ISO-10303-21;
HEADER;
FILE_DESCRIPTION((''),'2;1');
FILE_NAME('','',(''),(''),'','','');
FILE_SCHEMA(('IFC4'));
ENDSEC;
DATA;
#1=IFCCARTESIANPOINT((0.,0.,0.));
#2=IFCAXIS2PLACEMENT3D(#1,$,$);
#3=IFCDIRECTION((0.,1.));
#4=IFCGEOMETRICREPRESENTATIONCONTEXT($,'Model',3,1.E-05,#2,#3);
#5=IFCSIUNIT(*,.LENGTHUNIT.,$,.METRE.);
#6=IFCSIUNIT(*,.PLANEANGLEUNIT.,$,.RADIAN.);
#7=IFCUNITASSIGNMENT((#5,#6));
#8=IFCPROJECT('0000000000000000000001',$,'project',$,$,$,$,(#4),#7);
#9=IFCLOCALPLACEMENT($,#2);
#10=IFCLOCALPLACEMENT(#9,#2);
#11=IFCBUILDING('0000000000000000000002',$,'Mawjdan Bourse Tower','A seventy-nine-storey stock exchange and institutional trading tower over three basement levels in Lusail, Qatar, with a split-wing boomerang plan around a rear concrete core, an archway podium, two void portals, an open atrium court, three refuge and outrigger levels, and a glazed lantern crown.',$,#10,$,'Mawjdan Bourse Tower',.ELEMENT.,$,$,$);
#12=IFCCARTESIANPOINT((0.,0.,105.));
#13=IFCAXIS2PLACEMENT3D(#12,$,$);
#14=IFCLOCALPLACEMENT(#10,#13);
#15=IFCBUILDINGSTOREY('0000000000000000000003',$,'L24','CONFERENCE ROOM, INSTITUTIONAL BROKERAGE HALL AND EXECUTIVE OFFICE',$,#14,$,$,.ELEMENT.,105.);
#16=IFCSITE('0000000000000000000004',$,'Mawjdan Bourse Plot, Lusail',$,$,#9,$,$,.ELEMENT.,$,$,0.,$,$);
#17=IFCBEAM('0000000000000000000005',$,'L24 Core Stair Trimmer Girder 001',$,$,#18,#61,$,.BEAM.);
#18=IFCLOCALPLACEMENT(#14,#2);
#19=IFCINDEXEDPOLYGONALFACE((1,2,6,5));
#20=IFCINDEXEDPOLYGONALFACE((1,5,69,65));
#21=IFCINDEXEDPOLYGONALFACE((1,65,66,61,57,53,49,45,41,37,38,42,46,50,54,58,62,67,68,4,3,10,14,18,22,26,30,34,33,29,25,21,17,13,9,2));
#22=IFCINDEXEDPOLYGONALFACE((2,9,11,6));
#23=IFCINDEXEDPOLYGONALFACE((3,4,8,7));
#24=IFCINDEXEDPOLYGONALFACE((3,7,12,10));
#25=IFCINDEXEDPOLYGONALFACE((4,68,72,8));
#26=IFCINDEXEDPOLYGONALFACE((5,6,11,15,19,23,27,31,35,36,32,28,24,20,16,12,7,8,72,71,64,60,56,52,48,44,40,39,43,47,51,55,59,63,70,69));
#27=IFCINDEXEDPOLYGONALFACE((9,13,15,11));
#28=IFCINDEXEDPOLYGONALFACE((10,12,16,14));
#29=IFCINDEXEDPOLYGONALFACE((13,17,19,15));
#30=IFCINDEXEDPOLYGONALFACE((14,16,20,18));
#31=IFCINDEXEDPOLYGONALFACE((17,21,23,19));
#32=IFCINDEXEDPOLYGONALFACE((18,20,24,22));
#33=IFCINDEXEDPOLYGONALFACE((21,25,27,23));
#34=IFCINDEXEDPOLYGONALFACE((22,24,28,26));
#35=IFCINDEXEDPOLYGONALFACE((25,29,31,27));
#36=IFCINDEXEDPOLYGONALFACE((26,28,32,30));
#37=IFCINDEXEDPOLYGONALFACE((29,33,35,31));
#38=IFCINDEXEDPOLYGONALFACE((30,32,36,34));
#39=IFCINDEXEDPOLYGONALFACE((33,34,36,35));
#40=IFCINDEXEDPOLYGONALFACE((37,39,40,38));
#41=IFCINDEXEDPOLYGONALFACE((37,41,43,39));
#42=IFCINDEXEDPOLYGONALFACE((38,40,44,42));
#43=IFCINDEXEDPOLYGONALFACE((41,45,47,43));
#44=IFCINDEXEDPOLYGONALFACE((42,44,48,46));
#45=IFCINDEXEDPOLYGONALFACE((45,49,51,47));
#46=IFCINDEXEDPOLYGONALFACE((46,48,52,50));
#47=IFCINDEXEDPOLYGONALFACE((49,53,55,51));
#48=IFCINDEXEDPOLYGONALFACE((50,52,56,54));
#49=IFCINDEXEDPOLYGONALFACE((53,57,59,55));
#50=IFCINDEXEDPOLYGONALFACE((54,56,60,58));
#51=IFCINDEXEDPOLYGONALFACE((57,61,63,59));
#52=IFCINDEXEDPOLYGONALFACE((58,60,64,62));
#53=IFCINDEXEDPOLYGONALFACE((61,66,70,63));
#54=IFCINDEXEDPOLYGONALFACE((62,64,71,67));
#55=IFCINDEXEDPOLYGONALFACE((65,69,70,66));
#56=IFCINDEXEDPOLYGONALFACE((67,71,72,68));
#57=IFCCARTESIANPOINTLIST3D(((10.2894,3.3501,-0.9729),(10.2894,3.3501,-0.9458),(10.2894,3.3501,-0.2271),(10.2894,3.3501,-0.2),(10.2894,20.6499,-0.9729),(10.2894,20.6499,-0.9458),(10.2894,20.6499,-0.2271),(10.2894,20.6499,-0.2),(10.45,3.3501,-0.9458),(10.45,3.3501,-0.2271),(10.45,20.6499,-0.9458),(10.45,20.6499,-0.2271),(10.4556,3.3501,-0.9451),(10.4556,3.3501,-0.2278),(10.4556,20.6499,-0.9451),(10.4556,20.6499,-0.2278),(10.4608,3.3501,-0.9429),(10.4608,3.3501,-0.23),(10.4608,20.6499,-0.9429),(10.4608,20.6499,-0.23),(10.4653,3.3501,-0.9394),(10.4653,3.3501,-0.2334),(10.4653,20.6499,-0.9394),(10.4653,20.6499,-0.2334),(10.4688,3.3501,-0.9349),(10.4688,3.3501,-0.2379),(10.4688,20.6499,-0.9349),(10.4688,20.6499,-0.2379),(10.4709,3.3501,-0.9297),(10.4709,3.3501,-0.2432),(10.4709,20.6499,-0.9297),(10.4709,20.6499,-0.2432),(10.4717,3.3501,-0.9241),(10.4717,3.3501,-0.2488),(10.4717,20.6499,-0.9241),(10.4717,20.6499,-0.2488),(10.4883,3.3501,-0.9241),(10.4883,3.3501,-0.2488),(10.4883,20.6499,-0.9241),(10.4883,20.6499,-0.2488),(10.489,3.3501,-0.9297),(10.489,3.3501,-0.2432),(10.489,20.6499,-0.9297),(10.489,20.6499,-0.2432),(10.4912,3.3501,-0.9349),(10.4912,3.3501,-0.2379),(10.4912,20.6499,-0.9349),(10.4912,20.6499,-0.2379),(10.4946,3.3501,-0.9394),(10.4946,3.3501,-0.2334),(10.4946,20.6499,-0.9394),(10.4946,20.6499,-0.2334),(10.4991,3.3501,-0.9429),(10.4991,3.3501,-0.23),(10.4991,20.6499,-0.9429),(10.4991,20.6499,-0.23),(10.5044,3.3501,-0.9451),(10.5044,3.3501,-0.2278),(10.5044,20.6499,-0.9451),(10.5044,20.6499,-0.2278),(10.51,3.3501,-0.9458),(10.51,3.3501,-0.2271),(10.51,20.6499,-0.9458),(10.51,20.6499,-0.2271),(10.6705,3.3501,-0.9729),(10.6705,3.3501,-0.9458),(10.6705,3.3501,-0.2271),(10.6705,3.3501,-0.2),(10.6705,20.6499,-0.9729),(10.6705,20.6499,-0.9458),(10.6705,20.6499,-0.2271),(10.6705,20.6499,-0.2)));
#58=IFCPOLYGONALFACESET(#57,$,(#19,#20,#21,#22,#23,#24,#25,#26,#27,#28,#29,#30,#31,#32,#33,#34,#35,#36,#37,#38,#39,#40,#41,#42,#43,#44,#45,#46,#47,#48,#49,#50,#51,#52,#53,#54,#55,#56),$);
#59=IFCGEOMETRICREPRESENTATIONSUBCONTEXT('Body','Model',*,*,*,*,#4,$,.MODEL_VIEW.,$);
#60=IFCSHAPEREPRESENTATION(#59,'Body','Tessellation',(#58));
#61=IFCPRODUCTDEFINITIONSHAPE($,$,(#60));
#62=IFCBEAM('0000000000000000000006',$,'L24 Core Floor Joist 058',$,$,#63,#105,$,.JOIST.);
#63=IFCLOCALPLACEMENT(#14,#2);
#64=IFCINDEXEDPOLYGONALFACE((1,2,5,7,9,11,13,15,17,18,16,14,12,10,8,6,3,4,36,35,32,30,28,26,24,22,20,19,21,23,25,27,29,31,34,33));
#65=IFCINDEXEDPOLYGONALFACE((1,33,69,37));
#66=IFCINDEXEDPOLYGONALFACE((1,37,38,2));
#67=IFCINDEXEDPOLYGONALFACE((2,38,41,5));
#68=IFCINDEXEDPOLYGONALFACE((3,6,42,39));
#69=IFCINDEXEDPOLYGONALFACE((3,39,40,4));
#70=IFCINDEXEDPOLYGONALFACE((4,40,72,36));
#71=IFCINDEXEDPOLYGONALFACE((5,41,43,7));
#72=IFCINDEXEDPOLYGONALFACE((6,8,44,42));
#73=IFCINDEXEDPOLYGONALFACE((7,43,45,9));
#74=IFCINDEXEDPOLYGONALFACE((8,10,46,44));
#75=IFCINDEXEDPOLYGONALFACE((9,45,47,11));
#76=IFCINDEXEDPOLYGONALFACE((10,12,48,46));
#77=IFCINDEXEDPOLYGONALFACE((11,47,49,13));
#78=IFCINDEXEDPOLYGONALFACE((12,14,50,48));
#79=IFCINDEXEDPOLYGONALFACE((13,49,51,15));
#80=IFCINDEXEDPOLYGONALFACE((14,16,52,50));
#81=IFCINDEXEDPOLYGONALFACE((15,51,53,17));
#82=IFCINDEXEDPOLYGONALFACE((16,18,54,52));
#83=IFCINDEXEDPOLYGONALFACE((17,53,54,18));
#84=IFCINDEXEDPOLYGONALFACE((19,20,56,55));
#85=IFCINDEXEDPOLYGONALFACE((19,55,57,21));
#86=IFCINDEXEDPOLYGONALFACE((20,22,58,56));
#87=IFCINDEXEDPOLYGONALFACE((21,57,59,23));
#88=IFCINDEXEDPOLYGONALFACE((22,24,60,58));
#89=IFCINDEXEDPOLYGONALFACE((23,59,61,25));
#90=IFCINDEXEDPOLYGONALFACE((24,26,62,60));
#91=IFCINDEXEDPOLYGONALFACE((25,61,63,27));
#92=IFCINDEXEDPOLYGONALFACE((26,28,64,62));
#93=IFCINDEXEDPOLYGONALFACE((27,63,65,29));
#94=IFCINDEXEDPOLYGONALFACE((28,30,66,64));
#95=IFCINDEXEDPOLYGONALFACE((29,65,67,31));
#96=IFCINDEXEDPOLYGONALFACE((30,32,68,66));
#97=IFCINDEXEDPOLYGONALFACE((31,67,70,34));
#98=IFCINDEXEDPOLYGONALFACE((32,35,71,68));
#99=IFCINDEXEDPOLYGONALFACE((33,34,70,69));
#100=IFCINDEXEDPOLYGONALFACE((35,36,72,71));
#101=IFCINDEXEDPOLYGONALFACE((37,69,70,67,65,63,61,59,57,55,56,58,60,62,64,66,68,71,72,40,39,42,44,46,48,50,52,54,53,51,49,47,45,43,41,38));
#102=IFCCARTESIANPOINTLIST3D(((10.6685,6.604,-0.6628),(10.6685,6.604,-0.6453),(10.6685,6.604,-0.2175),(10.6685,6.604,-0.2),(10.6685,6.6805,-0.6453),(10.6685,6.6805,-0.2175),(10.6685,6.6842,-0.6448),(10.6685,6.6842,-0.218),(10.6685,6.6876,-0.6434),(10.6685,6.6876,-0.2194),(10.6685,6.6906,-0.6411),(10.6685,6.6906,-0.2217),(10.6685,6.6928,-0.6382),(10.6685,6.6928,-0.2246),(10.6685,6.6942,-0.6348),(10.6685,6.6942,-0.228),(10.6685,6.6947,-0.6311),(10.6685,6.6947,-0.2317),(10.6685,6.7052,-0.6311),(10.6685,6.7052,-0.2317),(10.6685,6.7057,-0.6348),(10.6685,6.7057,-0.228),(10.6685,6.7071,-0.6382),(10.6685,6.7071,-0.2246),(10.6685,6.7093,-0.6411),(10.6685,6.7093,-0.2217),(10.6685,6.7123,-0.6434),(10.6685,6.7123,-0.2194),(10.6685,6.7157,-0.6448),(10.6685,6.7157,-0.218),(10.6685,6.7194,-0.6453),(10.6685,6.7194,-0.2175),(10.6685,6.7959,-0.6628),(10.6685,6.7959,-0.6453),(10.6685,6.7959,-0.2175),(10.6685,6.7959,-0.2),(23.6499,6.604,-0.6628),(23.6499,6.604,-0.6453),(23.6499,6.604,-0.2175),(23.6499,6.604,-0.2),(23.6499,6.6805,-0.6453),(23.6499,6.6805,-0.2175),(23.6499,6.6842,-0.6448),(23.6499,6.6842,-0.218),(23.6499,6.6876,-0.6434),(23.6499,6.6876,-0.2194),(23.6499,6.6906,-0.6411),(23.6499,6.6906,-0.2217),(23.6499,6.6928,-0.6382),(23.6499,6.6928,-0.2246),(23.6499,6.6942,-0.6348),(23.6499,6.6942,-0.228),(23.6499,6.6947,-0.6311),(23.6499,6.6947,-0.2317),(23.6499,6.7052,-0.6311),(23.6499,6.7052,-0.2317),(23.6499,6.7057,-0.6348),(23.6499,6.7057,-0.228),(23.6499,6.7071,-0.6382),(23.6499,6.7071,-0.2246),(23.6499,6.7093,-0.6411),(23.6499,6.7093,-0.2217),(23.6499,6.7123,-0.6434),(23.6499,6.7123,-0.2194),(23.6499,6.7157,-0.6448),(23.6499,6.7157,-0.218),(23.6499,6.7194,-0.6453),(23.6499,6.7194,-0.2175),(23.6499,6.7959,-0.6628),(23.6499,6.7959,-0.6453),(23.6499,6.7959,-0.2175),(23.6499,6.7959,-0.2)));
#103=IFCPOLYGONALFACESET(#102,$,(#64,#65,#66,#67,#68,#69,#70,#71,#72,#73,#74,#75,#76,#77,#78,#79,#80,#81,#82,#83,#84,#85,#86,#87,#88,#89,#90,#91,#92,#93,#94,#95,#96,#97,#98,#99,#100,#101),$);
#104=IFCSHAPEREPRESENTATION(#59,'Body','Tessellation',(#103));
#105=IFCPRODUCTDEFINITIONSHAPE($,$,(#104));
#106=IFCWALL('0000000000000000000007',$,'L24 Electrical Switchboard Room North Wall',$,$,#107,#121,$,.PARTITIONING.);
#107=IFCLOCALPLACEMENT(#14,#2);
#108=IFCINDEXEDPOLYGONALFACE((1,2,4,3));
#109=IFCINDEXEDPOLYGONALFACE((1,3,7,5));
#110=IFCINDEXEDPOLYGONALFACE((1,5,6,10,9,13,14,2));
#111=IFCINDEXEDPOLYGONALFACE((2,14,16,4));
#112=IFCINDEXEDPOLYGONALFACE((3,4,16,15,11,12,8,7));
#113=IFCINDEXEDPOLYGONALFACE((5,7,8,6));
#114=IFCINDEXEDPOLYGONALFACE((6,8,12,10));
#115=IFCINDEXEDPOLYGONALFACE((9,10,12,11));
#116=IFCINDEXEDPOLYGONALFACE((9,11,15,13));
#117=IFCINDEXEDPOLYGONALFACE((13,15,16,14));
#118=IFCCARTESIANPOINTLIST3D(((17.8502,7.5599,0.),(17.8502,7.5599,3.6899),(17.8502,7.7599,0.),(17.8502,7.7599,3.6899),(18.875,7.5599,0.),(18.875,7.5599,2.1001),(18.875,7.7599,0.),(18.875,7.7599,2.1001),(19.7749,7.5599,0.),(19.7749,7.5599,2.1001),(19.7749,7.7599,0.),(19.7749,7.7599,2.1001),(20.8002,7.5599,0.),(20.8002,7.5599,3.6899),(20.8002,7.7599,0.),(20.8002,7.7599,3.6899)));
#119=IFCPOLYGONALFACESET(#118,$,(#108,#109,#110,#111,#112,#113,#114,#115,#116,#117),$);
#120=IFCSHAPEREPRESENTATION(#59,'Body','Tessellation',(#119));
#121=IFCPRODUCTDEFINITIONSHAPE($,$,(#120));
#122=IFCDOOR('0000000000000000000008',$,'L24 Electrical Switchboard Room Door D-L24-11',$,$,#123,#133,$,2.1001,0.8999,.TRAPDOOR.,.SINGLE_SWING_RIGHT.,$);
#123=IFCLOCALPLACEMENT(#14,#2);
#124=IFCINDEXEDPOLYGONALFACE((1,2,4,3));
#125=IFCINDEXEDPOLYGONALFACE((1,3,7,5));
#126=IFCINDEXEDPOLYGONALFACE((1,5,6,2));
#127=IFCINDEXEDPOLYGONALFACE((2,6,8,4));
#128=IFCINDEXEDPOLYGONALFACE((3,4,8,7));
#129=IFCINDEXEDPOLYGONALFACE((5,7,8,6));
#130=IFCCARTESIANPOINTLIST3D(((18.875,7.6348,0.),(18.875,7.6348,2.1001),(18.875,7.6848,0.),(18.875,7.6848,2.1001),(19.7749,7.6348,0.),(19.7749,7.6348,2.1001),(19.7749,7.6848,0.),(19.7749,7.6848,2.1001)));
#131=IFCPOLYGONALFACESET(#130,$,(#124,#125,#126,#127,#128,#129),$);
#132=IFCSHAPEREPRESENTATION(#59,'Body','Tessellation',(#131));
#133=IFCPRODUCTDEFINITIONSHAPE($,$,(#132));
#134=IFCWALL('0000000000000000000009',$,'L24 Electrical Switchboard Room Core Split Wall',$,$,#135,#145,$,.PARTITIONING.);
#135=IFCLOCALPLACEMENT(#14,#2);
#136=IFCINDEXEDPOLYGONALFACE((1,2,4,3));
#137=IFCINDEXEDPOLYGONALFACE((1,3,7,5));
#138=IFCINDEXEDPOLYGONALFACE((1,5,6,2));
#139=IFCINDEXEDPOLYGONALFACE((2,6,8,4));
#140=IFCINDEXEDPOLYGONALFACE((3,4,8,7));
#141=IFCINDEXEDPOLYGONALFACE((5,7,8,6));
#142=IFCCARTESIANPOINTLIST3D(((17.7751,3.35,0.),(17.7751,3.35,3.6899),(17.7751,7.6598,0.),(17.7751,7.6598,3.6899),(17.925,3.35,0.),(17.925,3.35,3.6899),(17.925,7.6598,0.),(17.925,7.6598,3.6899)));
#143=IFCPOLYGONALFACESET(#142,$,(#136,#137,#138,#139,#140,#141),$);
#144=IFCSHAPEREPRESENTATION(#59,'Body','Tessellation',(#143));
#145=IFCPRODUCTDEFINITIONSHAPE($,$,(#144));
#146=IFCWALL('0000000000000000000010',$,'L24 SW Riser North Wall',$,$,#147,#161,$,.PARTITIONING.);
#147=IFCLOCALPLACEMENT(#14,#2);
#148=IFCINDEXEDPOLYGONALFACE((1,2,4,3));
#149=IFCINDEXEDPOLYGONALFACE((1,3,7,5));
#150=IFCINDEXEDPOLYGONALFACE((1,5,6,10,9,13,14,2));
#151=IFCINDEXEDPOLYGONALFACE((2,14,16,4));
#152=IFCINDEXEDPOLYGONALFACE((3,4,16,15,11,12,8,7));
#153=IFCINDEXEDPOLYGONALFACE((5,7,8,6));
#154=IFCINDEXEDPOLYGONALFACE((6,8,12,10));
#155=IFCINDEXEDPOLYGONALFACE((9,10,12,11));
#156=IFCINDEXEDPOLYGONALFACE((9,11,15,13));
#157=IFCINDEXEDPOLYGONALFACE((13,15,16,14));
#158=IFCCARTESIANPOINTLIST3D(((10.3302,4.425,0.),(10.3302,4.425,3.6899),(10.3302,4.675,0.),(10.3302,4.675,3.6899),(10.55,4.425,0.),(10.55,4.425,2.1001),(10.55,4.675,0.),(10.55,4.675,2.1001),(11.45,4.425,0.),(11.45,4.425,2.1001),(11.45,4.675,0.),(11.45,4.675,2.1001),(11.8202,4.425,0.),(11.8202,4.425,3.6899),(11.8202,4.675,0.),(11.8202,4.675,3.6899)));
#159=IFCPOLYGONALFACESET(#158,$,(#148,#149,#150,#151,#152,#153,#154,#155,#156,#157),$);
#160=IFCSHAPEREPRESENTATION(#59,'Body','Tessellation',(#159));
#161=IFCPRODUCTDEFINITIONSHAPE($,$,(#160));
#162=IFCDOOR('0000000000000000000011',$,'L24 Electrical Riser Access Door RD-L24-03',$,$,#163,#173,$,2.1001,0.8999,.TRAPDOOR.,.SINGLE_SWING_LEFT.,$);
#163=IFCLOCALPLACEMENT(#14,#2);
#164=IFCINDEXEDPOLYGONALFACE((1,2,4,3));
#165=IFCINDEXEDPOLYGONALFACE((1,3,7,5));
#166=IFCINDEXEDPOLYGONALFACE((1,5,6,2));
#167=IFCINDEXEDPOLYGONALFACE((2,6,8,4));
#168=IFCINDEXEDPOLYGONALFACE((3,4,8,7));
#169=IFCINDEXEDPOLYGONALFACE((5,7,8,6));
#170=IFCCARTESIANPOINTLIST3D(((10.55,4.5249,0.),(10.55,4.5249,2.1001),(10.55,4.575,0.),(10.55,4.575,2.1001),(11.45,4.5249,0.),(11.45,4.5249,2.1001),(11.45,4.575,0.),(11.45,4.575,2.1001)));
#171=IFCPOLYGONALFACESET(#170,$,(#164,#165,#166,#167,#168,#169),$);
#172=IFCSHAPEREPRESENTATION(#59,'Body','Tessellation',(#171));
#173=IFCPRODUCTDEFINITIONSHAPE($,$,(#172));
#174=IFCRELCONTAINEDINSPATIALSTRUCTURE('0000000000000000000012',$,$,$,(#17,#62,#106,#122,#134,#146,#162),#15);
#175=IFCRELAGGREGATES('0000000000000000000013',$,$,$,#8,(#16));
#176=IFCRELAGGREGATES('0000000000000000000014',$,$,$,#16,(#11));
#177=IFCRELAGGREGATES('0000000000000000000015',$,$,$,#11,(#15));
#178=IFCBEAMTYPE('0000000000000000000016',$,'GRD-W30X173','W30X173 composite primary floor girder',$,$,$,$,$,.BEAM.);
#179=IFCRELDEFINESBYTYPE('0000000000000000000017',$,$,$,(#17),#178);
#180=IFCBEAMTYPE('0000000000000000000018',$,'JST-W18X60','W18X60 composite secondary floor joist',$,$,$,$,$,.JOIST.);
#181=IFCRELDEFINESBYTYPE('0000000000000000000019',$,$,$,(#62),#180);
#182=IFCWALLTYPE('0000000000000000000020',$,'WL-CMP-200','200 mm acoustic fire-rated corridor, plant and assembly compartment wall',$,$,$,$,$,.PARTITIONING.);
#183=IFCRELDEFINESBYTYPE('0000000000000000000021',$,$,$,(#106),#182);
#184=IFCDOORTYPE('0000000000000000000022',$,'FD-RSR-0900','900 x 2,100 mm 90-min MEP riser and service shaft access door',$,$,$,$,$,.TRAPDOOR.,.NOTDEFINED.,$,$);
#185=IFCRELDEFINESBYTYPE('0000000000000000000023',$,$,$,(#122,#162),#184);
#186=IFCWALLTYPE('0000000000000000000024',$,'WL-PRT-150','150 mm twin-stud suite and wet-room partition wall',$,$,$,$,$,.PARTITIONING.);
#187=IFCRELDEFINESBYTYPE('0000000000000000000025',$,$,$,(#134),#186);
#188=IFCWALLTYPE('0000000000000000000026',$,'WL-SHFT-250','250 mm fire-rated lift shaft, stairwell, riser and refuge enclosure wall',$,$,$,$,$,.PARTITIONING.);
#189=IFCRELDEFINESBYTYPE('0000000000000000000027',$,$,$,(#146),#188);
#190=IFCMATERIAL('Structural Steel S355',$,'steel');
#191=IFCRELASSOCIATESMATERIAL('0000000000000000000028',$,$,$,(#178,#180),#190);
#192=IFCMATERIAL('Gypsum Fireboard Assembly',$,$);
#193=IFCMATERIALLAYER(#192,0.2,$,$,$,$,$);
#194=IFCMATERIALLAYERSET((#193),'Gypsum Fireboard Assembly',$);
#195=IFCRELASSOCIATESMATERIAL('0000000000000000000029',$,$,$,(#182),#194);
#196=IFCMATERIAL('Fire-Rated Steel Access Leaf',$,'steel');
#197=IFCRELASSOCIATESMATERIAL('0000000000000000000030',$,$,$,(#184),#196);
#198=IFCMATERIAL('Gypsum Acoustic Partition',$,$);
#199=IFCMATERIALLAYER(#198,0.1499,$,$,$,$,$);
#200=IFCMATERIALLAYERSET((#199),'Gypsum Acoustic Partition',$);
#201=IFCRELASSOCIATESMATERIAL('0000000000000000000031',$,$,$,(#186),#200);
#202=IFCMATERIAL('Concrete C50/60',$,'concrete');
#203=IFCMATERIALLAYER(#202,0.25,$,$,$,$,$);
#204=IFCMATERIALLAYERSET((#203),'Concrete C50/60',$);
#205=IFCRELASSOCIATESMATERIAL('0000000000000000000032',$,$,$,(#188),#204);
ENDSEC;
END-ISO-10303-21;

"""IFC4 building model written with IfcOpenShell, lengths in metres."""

from ifc_helpers import new_model, si_unit, direction, frame, frame_2d, origin, origin_2d, place, context, subcontext, project, spatial, rectangle, i_section, extrude, material, layer, layer_set, material_profile, profile_set, type_object, element, fill, save


model = new_model("IFC4")

# Units and contexts
model_context = context("Model", 3, precision=1e-05, world=origin(), true_north=direction((0.0, 1.0)))
body_context = subcontext(model_context, "Body", "Model", "MODEL_VIEW")
ifc_project = project(units=[si_unit("LENGTHUNIT", "METRE"), si_unit("PLANEANGLEUNIT", "RADIAN")], contexts=[model_context])

# Site, building, storey
site_placement = place(None, origin())
site = spatial("IfcSite", under=ifc_project, at=site_placement, Name="Mawjdan Bourse Plot, Lusail", CompositionType="ELEMENT", RefElevation=0.0)
building_placement = place(site_placement, origin())
building = spatial("IfcBuilding", under=site, at=building_placement, Name="Mawjdan Bourse Tower", Description="A seventy-nine-storey stock exchange and institutional trading tower over three basement levels in Lusail, Qatar, with a split-wing boomerang plan around a rear concrete core, an archway podium, two void portals, an open atrium court, three refuge and outrigger levels, and a glazed lantern crown.", LongName="Mawjdan Bourse Tower", CompositionType="ELEMENT")
storey_placement = place(building_placement, frame((0.0, 0.0, 105.0)))
storey = spatial("IfcBuildingStorey", under=building, at=storey_placement, Name="L24", Description="CONFERENCE ROOM, INSTITUTIONAL BROKERAGE HALL AND EXECUTIVE OFFICE", CompositionType="ELEMENT", Elevation=105.0)

# Beams
ifc_material_1 = material(Name="Structural Steel S355", Category="steel")
ifc_material_profile_1 = material_profile(ifc_material_1, i_section(OverallWidth=0.3811, OverallDepth=0.7729, WebThickness=0.0166, FlangeThickness=0.0271, FilletRadius=0.0217, at=origin_2d()), Name="W30X173")
ifc_profile_set_1 = profile_set([ifc_material_profile_1], Name="Structural Steel S355")
beam_type_1 = type_object("IfcBeamType", Name="GRD-W30X173", Description="W30X173 composite primary floor girder", PredefinedType="BEAM", material=ifc_profile_set_1)
beam_1_placement = place(storey_placement, frame((10.48, 3.3501, -0.5864), z_axis=(0.0, 1.0, 0.0), x_axis=(-1.0, 0.0, 0.0)))
element("IfcBeam", 1, at=beam_1_placement, inside=storey, type_object=beam_type_1, Name="L24 Core Stair Trimmer Girder 001", PredefinedType="BEAM", context=body_context, shape_type="SweptSolid", body=[
    extrude(i_section(OverallWidth=0.3811, OverallDepth=0.7729, WebThickness=0.0166, FlangeThickness=0.0271, FilletRadius=0.0217, at=origin_2d()), origin(), (0.0, 0.0, 1.0), 17.2998),
])
ifc_material_profile_2 = material_profile(ifc_material_1, i_section(OverallWidth=0.1919, OverallDepth=0.4629, WebThickness=0.0105, FlangeThickness=0.0176, FilletRadius=0.0142, at=origin_2d()), Name="W18X60")
ifc_profile_set_2 = profile_set([ifc_material_profile_2], Name="Structural Steel S355")
beam_type_2 = type_object("IfcBeamType", Name="JST-W18X60", Description="W18X60 composite secondary floor joist", PredefinedType="JOIST", material=ifc_profile_set_2)
beam_2_placement = place(storey_placement, frame((10.6685, 6.7, -0.4314), z_axis=(1.0, 0.0, 0.0), x_axis=(0.0, 1.0, 0.0)))
element("IfcBeam", 2, at=beam_2_placement, inside=storey, type_object=beam_type_2, Name="L24 Core Floor Joist 058", PredefinedType="JOIST", context=body_context, shape_type="SweptSolid", body=[
    extrude(i_section(OverallWidth=0.1919, OverallDepth=0.4629, WebThickness=0.0105, FlangeThickness=0.0176, FilletRadius=0.0142, at=origin_2d()), origin(), (0.0, 0.0, 1.0), 12.9814),
])

# Wall, opening, door
ifc_material_2 = material(Name="Gypsum Fireboard Assembly")
ifc_layer_1 = layer(ifc_material_2, 0.2)
ifc_layer_set_1 = layer_set([ifc_layer_1], Name="Gypsum Fireboard Assembly")
wall_type_1 = type_object("IfcWallType", Name="WL-CMP-200", Description="200 mm acoustic fire-rated corridor, plant and assembly compartment wall", PredefinedType="PARTITIONING", material=ifc_layer_set_1)
wall_1_placement = place(storey_placement, frame((17.8501, 7.6599, 0.0), z_axis=(0.0, 0.0, 1.0), x_axis=(1.0, 0.0, 0.0)))
wall_1 = element("IfcWall", 3, at=wall_1_placement, inside=storey, type_object=wall_type_1, Name="L24 Electrical Switchboard Room North Wall", PredefinedType="PARTITIONING", context=body_context, shape_type="SweptSolid", body=[
    extrude(rectangle(XDim=2.95, YDim=0.2, at=frame_2d((1.4751, 0.0))), origin(), (0.0, 0.0, 1.0), 3.6899),
])
opening_1_placement = place(wall_1_placement, frame((1.0249, 0.0, 0.0)))
opening_1 = element("IfcOpeningElement", 4, at=opening_1_placement, cuts=wall_1, PredefinedType="OPENING", context=body_context, shape_type="SweptSolid", body=[
    extrude(rectangle(XDim=0.8999, YDim=2.1001, at=frame_2d((0.45, 1.05))), frame((0.0, 0.1099, 0.0), z_axis=(0.0, -1.0, 0.0), x_axis=(1.0, 0.0, 0.0)), (0.0, 0.0, 1.0), 0.22),
])
ifc_material_3 = material(Name="Fire-Rated Steel Access Leaf", Category="steel")
door_type_1 = type_object("IfcDoorType", Name="FD-RSR-0900", Description="900 x 2,100 mm 90-min MEP riser and service shaft access door", OperationType="NOTDEFINED", PredefinedType="TRAPDOOR", material=ifc_material_3)
door_1_placement = place(opening_1_placement, origin())
door_1 = element("IfcDoor", 5, at=door_1_placement, inside=storey, type_object=door_type_1, Name="L24 Electrical Switchboard Room Door D-L24-11", OperationType="SINGLE_SWING_RIGHT", OverallHeight=2.1001, OverallWidth=0.8999, PredefinedType="TRAPDOOR", context=body_context, shape_type="SweptSolid", body=[
    extrude(rectangle(XDim=0.8999, YDim=2.1001, at=frame_2d((0.45, 1.05))), frame((0.0, 0.0249, 0.0), z_axis=(0.0, -1.0, 0.0), x_axis=(1.0, 0.0, 0.0)), (0.0, 0.0, 1.0), 0.05),
])
fill(opening_1, door_1)

# Wall
ifc_material_4 = material(Name="Gypsum Acoustic Partition")
ifc_layer_2 = layer(ifc_material_4, 0.1499)
ifc_layer_set_2 = layer_set([ifc_layer_2], Name="Gypsum Acoustic Partition")
wall_type_2 = type_object("IfcWallType", Name="WL-PRT-150", Description="150 mm twin-stud suite and wet-room partition wall", PredefinedType="PARTITIONING", material=ifc_layer_set_2)
wall_2_placement = place(storey_placement, frame((17.8501, 3.3501, 0.0), z_axis=(0.0, 0.0, 1.0), x_axis=(0.0, 1.0, 0.0)))
element("IfcWall", 6, at=wall_2_placement, inside=storey, type_object=wall_type_2, Name="L24 Electrical Switchboard Room Core Split Wall", PredefinedType="PARTITIONING", context=body_context, shape_type="SweptSolid", body=[
    extrude(rectangle(XDim=4.3098, YDim=0.1499, at=frame_2d((2.1548, 0.0))), origin(), (0.0, 0.0, 1.0), 3.6899),
])

# Wall, opening, door
ifc_material_5 = material(Name="Concrete C50/60", Category="concrete")
ifc_layer_3 = layer(ifc_material_5, 0.25)
ifc_layer_set_3 = layer_set([ifc_layer_3], Name="Concrete C50/60")
wall_type_3 = type_object("IfcWallType", Name="WL-SHFT-250", Description="250 mm fire-rated lift shaft, stairwell, riser and refuge enclosure wall", PredefinedType="PARTITIONING", material=ifc_layer_set_3)
wall_3_placement = place(storey_placement, frame((10.3301, 4.55, 0.0), z_axis=(0.0, 0.0, 1.0), x_axis=(1.0, 0.0, 0.0)))
wall_3 = element("IfcWall", 7, at=wall_3_placement, inside=storey, type_object=wall_type_3, Name="L24 SW Riser North Wall", PredefinedType="PARTITIONING", context=body_context, shape_type="SweptSolid", body=[
    extrude(rectangle(XDim=1.49, YDim=0.25, at=frame_2d((0.7451, 0.0))), origin(), (0.0, 0.0, 1.0), 3.6899),
])
opening_2_placement = place(wall_3_placement, frame((0.22, 0.0, 0.0)))
opening_2 = element("IfcOpeningElement", 8, at=opening_2_placement, cuts=wall_3, PredefinedType="OPENING", context=body_context, shape_type="SweptSolid", body=[
    extrude(rectangle(XDim=0.8999, YDim=2.1001, at=frame_2d((0.45, 1.05))), frame((0.0, 0.135, 0.0), z_axis=(0.0, -1.0, 0.0), x_axis=(1.0, 0.0, 0.0)), (0.0, 0.0, 1.0), 0.27),
])
door_2_placement = place(opening_2_placement, origin())
door_2 = element("IfcDoor", 9, at=door_2_placement, inside=storey, type_object=door_type_1, Name="L24 Electrical Riser Access Door RD-L24-03", OperationType="SINGLE_SWING_LEFT", OverallHeight=2.1001, OverallWidth=0.8999, PredefinedType="TRAPDOOR", context=body_context, shape_type="SweptSolid", body=[
    extrude(rectangle(XDim=0.8999, YDim=2.1001, at=frame_2d((0.45, 1.05))), frame((0.0, 0.0249, 0.0), z_axis=(0.0, -1.0, 0.0), x_axis=(1.0, 0.0, 0.0)), (0.0, 0.0, 1.0), 0.05),
])
fill(opening_2, door_2)

save(model, "model.ifc")
